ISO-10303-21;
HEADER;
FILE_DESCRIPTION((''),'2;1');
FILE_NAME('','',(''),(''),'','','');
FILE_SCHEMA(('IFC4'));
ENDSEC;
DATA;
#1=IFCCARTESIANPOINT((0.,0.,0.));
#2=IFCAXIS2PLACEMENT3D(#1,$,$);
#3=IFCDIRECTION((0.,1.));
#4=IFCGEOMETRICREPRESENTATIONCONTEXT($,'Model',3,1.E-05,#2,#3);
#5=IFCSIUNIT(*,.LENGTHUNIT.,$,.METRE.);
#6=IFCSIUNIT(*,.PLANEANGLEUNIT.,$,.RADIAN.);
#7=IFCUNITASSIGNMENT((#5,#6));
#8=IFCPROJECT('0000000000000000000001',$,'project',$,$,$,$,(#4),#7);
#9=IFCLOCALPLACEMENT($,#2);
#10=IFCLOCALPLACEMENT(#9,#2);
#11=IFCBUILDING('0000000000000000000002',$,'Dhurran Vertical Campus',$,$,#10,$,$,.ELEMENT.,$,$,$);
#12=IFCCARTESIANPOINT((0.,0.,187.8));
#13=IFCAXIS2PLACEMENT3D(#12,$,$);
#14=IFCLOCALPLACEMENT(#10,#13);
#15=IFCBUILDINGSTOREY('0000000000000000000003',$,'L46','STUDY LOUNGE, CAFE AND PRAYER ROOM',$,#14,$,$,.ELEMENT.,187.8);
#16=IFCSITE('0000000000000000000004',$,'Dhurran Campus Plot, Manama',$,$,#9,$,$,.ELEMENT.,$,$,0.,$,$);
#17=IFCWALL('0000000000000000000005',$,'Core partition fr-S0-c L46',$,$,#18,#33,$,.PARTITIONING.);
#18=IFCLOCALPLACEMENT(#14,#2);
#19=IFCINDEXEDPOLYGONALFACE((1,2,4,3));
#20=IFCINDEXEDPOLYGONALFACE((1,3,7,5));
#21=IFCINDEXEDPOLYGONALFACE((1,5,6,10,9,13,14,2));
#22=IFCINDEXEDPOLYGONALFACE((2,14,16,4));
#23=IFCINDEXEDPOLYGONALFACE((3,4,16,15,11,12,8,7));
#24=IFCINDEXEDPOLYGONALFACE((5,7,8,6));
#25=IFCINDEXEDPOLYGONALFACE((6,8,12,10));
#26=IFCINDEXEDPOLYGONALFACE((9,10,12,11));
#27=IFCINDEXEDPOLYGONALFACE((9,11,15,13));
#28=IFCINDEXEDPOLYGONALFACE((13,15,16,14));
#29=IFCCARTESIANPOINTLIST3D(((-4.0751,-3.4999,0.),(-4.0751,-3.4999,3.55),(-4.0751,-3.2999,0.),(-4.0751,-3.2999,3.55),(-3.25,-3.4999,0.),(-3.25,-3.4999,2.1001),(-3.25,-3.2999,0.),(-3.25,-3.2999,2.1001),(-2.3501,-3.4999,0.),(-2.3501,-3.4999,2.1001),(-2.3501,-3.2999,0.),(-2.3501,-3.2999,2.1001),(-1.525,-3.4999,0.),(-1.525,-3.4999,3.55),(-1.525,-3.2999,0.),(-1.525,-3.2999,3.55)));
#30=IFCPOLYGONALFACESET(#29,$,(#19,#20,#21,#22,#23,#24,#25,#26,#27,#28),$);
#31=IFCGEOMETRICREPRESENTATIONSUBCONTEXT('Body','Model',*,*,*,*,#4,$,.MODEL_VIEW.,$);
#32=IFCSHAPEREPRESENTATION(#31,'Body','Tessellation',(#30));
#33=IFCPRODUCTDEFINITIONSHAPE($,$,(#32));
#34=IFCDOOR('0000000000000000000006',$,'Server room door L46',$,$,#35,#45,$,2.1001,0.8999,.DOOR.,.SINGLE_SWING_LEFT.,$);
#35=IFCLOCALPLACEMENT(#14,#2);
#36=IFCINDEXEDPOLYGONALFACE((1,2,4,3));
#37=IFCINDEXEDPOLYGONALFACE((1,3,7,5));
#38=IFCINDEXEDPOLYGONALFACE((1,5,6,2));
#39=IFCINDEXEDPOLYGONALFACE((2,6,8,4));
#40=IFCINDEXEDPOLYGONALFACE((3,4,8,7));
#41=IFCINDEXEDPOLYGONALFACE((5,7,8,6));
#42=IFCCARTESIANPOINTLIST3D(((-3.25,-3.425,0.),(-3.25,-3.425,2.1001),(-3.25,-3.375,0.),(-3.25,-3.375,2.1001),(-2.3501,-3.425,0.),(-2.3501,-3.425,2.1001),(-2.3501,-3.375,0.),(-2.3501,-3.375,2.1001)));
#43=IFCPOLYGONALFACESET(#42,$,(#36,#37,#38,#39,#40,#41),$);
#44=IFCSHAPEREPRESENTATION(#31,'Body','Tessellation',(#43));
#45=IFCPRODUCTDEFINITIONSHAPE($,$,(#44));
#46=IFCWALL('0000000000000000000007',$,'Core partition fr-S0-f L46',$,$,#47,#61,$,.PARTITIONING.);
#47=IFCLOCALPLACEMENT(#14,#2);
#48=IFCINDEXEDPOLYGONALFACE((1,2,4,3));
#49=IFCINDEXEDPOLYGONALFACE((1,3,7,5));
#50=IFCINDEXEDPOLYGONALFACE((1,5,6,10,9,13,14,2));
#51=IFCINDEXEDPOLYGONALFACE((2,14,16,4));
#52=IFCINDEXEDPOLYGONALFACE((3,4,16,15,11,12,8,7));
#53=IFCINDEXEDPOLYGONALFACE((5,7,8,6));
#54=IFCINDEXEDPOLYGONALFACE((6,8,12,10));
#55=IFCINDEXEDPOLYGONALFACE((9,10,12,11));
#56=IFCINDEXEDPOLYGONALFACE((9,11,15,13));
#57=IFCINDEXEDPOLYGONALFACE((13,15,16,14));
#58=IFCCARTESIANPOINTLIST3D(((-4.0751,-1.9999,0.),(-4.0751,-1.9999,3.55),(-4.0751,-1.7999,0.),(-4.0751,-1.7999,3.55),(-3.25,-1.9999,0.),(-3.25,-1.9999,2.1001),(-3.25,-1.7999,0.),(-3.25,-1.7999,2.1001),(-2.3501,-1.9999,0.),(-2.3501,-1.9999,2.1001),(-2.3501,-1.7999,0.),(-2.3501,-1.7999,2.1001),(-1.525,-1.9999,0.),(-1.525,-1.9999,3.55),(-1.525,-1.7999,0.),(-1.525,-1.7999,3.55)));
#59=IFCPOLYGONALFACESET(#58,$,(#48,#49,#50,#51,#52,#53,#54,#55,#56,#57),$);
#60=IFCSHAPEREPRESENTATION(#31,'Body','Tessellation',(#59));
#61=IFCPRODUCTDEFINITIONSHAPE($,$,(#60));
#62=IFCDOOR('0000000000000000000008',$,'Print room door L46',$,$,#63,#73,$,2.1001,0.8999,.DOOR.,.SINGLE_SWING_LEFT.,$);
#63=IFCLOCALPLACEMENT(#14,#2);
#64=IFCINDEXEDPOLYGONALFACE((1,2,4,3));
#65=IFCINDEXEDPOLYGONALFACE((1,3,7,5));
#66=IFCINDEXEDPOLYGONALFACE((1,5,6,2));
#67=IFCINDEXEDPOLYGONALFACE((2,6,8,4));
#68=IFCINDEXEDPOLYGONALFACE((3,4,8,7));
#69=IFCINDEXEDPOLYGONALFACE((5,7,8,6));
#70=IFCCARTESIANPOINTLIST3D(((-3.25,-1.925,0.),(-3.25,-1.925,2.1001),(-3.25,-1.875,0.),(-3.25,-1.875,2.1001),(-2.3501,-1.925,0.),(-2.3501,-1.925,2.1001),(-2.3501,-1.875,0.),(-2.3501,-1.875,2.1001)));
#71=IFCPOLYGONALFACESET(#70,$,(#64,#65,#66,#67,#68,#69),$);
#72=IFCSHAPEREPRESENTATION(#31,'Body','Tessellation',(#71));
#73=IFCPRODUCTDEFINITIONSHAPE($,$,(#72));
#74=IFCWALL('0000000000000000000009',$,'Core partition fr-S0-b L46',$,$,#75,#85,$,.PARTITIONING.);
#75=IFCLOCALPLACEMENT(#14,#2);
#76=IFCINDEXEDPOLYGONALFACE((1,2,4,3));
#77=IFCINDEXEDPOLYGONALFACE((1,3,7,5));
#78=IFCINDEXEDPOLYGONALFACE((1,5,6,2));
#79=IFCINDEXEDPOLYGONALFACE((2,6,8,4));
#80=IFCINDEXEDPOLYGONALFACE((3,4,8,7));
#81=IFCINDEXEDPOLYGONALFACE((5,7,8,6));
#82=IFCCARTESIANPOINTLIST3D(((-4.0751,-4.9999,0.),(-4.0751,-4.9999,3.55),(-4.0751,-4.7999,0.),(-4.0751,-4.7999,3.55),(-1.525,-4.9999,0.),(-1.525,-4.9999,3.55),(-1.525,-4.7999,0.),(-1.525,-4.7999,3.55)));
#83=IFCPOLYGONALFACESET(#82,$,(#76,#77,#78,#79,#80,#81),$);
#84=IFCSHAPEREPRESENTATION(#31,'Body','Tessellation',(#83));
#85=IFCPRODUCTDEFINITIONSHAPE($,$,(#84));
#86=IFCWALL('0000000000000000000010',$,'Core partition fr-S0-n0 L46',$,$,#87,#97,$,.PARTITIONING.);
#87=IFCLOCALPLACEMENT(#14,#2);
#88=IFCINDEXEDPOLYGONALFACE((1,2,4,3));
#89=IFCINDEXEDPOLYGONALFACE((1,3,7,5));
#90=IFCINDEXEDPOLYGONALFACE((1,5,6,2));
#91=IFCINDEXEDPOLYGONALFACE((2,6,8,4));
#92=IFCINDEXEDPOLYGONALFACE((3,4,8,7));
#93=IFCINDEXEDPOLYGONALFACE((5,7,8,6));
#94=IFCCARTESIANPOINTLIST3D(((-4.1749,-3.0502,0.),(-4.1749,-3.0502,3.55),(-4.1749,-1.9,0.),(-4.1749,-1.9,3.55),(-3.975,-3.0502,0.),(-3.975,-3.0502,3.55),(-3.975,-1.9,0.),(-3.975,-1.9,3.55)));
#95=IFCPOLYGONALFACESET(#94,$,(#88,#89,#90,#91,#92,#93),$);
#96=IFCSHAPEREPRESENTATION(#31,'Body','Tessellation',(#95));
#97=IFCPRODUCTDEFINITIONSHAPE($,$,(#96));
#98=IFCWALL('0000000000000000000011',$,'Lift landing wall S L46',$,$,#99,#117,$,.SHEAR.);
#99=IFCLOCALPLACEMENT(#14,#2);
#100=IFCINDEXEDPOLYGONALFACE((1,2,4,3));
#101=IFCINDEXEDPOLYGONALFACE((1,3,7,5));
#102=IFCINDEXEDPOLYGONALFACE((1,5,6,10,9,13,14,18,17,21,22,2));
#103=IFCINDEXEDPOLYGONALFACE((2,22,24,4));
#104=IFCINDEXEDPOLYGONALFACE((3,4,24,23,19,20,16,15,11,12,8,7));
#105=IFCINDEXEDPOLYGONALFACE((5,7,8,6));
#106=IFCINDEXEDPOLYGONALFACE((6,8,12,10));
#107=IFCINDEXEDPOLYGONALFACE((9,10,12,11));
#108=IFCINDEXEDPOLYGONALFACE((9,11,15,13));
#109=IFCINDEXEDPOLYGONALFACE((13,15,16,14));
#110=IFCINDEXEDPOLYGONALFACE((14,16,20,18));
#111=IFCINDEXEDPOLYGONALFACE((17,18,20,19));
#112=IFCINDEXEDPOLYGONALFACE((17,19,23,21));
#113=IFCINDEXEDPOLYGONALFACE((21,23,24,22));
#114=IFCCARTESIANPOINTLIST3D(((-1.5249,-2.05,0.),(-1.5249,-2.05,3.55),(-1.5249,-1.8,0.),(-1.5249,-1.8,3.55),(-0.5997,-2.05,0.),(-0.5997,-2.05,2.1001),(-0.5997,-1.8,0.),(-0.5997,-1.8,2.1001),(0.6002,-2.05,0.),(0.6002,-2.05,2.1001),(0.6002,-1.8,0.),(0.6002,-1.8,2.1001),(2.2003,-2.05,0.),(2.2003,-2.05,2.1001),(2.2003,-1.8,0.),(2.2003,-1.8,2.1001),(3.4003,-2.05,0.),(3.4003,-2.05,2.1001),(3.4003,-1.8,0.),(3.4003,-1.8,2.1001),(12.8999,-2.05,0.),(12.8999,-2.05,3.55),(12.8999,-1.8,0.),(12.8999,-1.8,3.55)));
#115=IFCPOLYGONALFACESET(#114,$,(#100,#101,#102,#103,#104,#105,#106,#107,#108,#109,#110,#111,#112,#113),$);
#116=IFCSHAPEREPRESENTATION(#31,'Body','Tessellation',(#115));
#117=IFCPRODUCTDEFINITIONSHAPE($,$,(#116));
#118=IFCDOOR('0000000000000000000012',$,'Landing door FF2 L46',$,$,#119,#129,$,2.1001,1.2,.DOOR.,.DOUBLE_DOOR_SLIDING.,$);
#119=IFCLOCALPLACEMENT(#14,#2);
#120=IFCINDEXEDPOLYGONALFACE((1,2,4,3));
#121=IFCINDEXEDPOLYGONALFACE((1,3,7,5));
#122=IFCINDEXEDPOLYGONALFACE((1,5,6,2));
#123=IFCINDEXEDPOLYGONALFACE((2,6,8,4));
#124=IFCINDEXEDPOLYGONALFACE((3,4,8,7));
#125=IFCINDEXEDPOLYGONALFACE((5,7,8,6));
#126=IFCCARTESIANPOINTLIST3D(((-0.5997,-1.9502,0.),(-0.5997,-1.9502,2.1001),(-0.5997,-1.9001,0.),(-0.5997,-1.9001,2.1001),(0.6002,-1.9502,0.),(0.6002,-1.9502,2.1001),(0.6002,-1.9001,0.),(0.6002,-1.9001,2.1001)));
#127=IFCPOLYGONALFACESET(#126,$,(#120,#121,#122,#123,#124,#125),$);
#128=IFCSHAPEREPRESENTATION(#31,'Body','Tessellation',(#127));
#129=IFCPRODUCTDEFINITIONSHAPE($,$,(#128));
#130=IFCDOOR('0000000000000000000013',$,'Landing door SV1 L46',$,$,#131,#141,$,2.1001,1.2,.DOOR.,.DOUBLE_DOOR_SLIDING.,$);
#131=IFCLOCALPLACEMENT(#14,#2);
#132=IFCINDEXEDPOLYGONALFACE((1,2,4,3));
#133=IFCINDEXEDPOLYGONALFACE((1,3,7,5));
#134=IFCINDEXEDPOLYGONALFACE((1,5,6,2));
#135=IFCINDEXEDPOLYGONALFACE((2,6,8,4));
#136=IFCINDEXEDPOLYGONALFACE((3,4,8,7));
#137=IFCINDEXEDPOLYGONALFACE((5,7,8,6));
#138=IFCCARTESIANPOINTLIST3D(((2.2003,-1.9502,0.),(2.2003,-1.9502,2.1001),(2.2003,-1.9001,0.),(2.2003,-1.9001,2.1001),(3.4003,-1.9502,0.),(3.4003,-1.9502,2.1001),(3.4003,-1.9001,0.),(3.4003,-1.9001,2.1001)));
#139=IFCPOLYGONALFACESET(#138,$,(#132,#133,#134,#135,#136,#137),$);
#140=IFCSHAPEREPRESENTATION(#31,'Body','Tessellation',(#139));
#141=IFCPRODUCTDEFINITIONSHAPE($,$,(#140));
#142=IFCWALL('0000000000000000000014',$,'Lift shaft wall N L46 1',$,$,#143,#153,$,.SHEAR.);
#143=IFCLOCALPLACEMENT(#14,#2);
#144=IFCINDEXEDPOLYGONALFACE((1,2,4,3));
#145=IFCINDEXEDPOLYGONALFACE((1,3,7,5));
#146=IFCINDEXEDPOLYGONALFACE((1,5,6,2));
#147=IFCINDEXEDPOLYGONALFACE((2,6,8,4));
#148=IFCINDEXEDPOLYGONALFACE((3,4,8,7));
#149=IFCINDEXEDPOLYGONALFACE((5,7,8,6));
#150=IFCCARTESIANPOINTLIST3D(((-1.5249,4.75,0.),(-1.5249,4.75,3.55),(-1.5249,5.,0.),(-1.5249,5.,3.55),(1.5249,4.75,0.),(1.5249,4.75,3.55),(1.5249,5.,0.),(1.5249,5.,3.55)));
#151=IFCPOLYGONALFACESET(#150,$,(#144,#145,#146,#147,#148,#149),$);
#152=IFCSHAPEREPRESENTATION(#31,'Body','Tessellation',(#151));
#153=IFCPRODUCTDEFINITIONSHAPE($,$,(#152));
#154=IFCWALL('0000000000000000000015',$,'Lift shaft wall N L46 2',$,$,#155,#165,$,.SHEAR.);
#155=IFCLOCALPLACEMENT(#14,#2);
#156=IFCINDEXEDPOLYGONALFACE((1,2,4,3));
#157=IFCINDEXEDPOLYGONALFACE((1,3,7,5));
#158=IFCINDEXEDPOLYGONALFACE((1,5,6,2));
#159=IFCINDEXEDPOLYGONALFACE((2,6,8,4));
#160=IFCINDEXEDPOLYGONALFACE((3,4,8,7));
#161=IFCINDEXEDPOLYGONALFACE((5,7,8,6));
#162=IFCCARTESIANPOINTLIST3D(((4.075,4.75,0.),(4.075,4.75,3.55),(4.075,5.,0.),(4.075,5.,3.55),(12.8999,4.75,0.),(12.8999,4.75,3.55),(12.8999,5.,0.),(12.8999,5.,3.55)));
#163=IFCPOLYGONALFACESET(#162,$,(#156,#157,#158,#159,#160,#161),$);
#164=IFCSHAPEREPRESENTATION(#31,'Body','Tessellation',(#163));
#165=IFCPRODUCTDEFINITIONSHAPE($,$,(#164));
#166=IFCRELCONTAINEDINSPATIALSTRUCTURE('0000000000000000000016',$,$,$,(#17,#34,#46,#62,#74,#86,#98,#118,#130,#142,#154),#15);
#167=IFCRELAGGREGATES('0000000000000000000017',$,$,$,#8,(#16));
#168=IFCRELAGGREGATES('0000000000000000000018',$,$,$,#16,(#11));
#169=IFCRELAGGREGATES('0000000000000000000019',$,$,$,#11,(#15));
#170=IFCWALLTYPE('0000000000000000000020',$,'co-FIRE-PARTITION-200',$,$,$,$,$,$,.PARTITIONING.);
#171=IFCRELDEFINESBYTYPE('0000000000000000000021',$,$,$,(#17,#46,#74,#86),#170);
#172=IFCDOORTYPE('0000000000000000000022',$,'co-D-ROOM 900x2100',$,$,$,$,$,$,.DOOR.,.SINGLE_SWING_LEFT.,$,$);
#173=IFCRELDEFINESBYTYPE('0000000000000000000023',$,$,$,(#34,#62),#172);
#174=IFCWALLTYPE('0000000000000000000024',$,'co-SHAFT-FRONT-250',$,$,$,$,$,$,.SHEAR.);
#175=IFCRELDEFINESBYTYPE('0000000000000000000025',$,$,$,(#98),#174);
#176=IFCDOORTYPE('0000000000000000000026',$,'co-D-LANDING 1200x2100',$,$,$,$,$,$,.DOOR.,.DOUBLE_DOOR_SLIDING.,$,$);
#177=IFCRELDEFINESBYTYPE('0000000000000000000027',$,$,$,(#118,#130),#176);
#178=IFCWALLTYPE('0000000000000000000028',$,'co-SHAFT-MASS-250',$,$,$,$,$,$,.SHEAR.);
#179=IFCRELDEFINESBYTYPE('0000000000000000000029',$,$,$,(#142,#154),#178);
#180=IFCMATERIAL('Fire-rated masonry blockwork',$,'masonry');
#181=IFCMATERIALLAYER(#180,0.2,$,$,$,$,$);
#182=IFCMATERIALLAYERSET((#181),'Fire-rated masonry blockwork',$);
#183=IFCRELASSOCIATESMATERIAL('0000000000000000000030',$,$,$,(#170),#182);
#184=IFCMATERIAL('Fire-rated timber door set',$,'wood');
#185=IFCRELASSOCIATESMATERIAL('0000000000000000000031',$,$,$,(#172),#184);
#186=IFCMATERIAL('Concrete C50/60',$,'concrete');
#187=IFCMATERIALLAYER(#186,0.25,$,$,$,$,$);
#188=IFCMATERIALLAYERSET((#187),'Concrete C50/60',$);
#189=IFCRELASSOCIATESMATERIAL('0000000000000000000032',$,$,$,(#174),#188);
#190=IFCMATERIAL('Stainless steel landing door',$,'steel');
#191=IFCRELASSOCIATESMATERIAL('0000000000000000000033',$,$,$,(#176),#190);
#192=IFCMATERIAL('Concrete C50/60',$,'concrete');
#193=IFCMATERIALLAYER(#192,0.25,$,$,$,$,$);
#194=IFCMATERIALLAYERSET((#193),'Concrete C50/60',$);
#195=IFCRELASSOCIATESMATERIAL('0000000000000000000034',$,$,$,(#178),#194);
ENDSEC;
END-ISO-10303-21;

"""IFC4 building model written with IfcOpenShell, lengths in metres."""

from ifc_helpers import new_model, si_unit, direction, frame, frame_2d, origin, place, context, subcontext, project, spatial, polyline, rectangle, outline, extrude, material, layer, layer_set, type_object, element, fill, save


model = new_model("IFC4")

# Units and contexts
model_context = context("Model", 3, precision=1e-05, world=origin(), true_north=direction((0.0, 1.0)))
body_context = subcontext(model_context, "Body", "Model", "MODEL_VIEW")
ifc_project = project(units=[si_unit("LENGTHUNIT", "METRE"), si_unit("PLANEANGLEUNIT", "RADIAN")], contexts=[model_context])

# Site, building, storey
site_placement = place(None, origin())
site = spatial("IfcSite", under=ifc_project, at=site_placement, Name="Dhurran Campus Plot, Manama", CompositionType="ELEMENT", RefElevation=0.0)
building_placement = place(site_placement, origin())
building = spatial("IfcBuilding", under=site, at=building_placement, Name="Dhurran Vertical Campus", CompositionType="ELEMENT")
storey_placement = place(building_placement, frame((0.0, 0.0, 187.8)))
storey = spatial("IfcBuildingStorey", under=building, at=storey_placement, Name="L46", Description="STUDY LOUNGE, CAFE AND PRAYER ROOM", CompositionType="ELEMENT", Elevation=187.8)

# Shared definitions
ifc_material_1 = material(Name="Fire-rated masonry blockwork", Category="masonry")
ifc_layer_1 = layer(ifc_material_1, 0.2)
ifc_layer_set_1 = layer_set([ifc_layer_1], Name="Fire-rated masonry blockwork")
wall_type_1 = type_object("IfcWallType", Name="co-FIRE-PARTITION-200", PredefinedType="PARTITIONING", material=ifc_layer_set_1)

# Walls, openings, doors
wall_1_placement = place(storey_placement, frame((-4.075, -3.3999, 0.0), z_axis=(0.0, 0.0, 1.0), x_axis=(1.0, 0.0, 0.0)))
wall_1 = element("IfcWall", 1, at=wall_1_placement, inside=storey, type_object=wall_type_1, Name="Core partition fr-S0-c L46", PredefinedType="PARTITIONING", context=body_context, shape_type="SweptSolid", body=[
    extrude(rectangle(XDim=2.55, YDim=0.2, at=frame_2d((1.2749, 0.0))), origin(), (0.0, 0.0, 1.0), 3.55),
])
opening_1_placement = place(wall_1_placement, frame((0.825, 0.0, 0.0)))
opening_1 = element("IfcOpeningElement", 2, at=opening_1_placement, cuts=wall_1, PredefinedType="OPENING", context=body_context, shape_type="SweptSolid", body=[
    extrude(rectangle(XDim=0.8999, YDim=2.1001, at=frame_2d((0.45, 1.05))), frame((0.0, 0.1099, 0.0), z_axis=(0.0, -1.0, 0.0), x_axis=(1.0, 0.0, 0.0)), (0.0, 0.0, 1.0), 0.22),
])
ifc_material_2 = material(Name="Fire-rated timber door set", Category="wood")
door_type_1 = type_object("IfcDoorType", Name="co-D-ROOM 900x2100", OperationType="SINGLE_SWING_LEFT", PredefinedType="DOOR", material=ifc_material_2)
door_1_placement = place(opening_1_placement, origin())
door_1 = element("IfcDoor", 3, at=door_1_placement, inside=storey, type_object=door_type_1, Name="Server room door L46", OperationType="SINGLE_SWING_LEFT", OverallHeight=2.1001, OverallWidth=0.8999, PredefinedType="DOOR", context=body_context, shape_type="SweptSolid", body=[
    extrude(rectangle(XDim=0.8999, YDim=2.1001, at=frame_2d((0.45, 1.05))), frame((0.0, 0.0249, 0.0), z_axis=(0.0, -1.0, 0.0), x_axis=(1.0, 0.0, 0.0)), (0.0, 0.0, 1.0), 0.05),
])
fill(opening_1, door_1)
wall_2_placement = place(storey_placement, frame((-4.075, -1.8999, 0.0), z_axis=(0.0, 0.0, 1.0), x_axis=(1.0, 0.0, 0.0)))
wall_2 = element("IfcWall", 4, at=wall_2_placement, inside=storey, type_object=wall_type_1, Name="Core partition fr-S0-f L46", PredefinedType="PARTITIONING", context=body_context, shape_type="SweptSolid", body=[
    extrude(rectangle(XDim=2.55, YDim=0.2, at=frame_2d((1.2749, 0.0))), origin(), (0.0, 0.0, 1.0), 3.55),
])
opening_2_placement = place(wall_2_placement, frame((0.825, 0.0, 0.0)))
opening_2 = element("IfcOpeningElement", 5, at=opening_2_placement, cuts=wall_2, PredefinedType="OPENING", context=body_context, shape_type="SweptSolid", body=[
    extrude(rectangle(XDim=0.8999, YDim=2.1001, at=frame_2d((0.45, 1.05))), frame((0.0, 0.1099, 0.0), z_axis=(0.0, -1.0, 0.0), x_axis=(1.0, 0.0, 0.0)), (0.0, 0.0, 1.0), 0.22),
])
door_2_placement = place(opening_2_placement, origin())
door_2 = element("IfcDoor", 6, at=door_2_placement, inside=storey, type_object=door_type_1, Name="Print room door L46", OperationType="SINGLE_SWING_LEFT", OverallHeight=2.1001, OverallWidth=0.8999, PredefinedType="DOOR", context=body_context, shape_type="SweptSolid", body=[
    extrude(rectangle(XDim=0.8999, YDim=2.1001, at=frame_2d((0.45, 1.05))), frame((0.0, 0.0249, 0.0), z_axis=(0.0, -1.0, 0.0), x_axis=(1.0, 0.0, 0.0)), (0.0, 0.0, 1.0), 0.05),
])
fill(opening_2, door_2)

# Walls
wall_3_placement = place(storey_placement, frame((-4.075, -4.8999, 0.0), z_axis=(0.0, 0.0, 1.0), x_axis=(1.0, 0.0, 0.0)))
element("IfcWall", 7, at=wall_3_placement, inside=storey, type_object=wall_type_1, Name="Core partition fr-S0-b L46", PredefinedType="PARTITIONING", context=body_context, shape_type="SweptSolid", body=[
    extrude(rectangle(XDim=2.55, YDim=0.2, at=frame_2d((1.2749, 0.0))), origin(), (0.0, 0.0, 1.0), 3.55),
])
wall_4_placement = place(storey_placement, frame((-4.075, -1.8999, 0.0), z_axis=(0.0, 0.0, 1.0), x_axis=(0.0, -1.0, 0.0)))
element("IfcWall", 8, at=wall_4_placement, inside=storey, type_object=wall_type_1, Name="Core partition fr-S0-n0 L46", PredefinedType="PARTITIONING", context=body_context, shape_type="SweptSolid", body=[
    extrude(rectangle(XDim=1.1501, YDim=0.2, at=frame_2d((0.5752, 0.0))), origin(), (0.0, 0.0, 1.0), 3.55),
])

# Wall, openings, doors
ifc_material_3 = material(Name="Concrete C50/60", Category="concrete")
ifc_layer_2 = layer(ifc_material_3, 0.25)
ifc_layer_set_2 = layer_set([ifc_layer_2], Name="Concrete C50/60")
wall_type_2 = type_object("IfcWallType", Name="co-SHAFT-FRONT-250", PredefinedType="SHEAR", material=ifc_layer_set_2)
wall_5_placement = place(storey_placement, frame((-1.5249, -1.925, 0.0), z_axis=(0.0, 0.0, 1.0), x_axis=(1.0, 0.0, 0.0)))
wall_5 = element("IfcWall", 9, at=wall_5_placement, inside=storey, type_object=wall_type_2, Name="Lift landing wall S L46", PredefinedType="SHEAR", context=body_context, shape_type="SweptSolid", body=[
    extrude(rectangle(XDim=14.4248, YDim=0.25, at=frame_2d((7.2124, 0.0))), origin(), (0.0, 0.0, 1.0), 3.55),
])
opening_3_placement = place(wall_5_placement, frame((0.925, 0.0, 0.0)))
opening_3 = element("IfcOpeningElement", 10, at=opening_3_placement, cuts=wall_5, PredefinedType="OPENING", context=body_context, shape_type="SweptSolid", body=[
    extrude(rectangle(XDim=1.2, YDim=2.1001, at=frame_2d((0.6001, 1.05))), frame((0.0, 0.135, 0.0), z_axis=(0.0, -1.0, 0.0), x_axis=(1.0, 0.0, 0.0)), (0.0, 0.0, 1.0), 0.27),
])
opening_4_placement = place(wall_5_placement, frame((3.7251, 0.0, 0.0)))
opening_4 = element("IfcOpeningElement", 11, at=opening_4_placement, cuts=wall_5, PredefinedType="OPENING", context=body_context, shape_type="SweptSolid", body=[
    extrude(rectangle(XDim=1.2, YDim=2.1001, at=frame_2d((0.6001, 1.05))), frame((0.0, 0.135, 0.0), z_axis=(0.0, -1.0, 0.0), x_axis=(1.0, 0.0, 0.0)), (0.0, 0.0, 1.0), 0.27),
])
ifc_material_4 = material(Name="Stainless steel landing door", Category="steel")
door_type_2 = type_object("IfcDoorType", Name="co-D-LANDING 1200x2100", OperationType="DOUBLE_DOOR_SLIDING", PredefinedType="DOOR", material=ifc_material_4)
door_3_placement = place(opening_3_placement, origin())
door_3 = element("IfcDoor", 12, at=door_3_placement, inside=storey, type_object=door_type_2, Name="Landing door FF2 L46", OperationType="DOUBLE_DOOR_SLIDING", OverallHeight=2.1001, OverallWidth=1.2, PredefinedType="DOOR", context=body_context, shape_type="SweptSolid", body=[
    extrude(rectangle(XDim=1.2, YDim=2.1001, at=frame_2d((0.6001, 1.05))), frame((0.0, 0.0249, 0.0), z_axis=(0.0, -1.0, 0.0), x_axis=(1.0, 0.0, 0.0)), (0.0, 0.0, 1.0), 0.05),
])
fill(opening_3, door_3)
door_4_placement = place(opening_4_placement, origin())
door_4 = element("IfcDoor", 13, at=door_4_placement, inside=storey, type_object=door_type_2, Name="Landing door SV1 L46", OperationType="DOUBLE_DOOR_SLIDING", OverallHeight=2.1001, OverallWidth=1.2, PredefinedType="DOOR", context=body_context, shape_type="SweptSolid", body=[
    extrude(rectangle(XDim=1.2, YDim=2.1001, at=frame_2d((0.6001, 1.05))), frame((0.0, 0.0249, 0.0), z_axis=(0.0, -1.0, 0.0), x_axis=(1.0, 0.0, 0.0)), (0.0, 0.0, 1.0), 0.05),
])
fill(opening_4, door_4)

# Walls
ifc_material_5 = material(Name="Concrete C50/60", Category="concrete")
ifc_layer_3 = layer(ifc_material_5, 0.25)
ifc_layer_set_3 = layer_set([ifc_layer_3], Name="Concrete C50/60")
wall_type_3 = type_object("IfcWallType", Name="co-SHAFT-MASS-250", PredefinedType="SHEAR", material=ifc_layer_set_3)
wall_6_placement = place(storey_placement, origin())
element("IfcWall", 14, at=wall_6_placement, inside=storey, type_object=wall_type_3, Name="Lift shaft wall N L46 1", PredefinedType="SHEAR", context=body_context, shape_type="SweptSolid", body=[
    extrude(outline(polyline([(-1.5249, 4.75), (1.5249, 4.75), (1.5249, 5.0), (-1.5249, 5.0), (-1.5249, 4.75)])), origin(), (0.0, 0.0, 1.0), 3.55),
])
wall_7_placement = place(storey_placement, origin())
element("IfcWall", 15, at=wall_7_placement, inside=storey, type_object=wall_type_3, Name="Lift shaft wall N L46 2", PredefinedType="SHEAR", context=body_context, shape_type="SweptSolid", body=[
    extrude(outline(polyline([(4.075, 4.75), (12.8999, 4.75), (12.8999, 5.0), (4.075, 5.0), (4.075, 4.75)])), origin(), (0.0, 0.0, 1.0), 3.55),
])

save(model, "model.ifc")
